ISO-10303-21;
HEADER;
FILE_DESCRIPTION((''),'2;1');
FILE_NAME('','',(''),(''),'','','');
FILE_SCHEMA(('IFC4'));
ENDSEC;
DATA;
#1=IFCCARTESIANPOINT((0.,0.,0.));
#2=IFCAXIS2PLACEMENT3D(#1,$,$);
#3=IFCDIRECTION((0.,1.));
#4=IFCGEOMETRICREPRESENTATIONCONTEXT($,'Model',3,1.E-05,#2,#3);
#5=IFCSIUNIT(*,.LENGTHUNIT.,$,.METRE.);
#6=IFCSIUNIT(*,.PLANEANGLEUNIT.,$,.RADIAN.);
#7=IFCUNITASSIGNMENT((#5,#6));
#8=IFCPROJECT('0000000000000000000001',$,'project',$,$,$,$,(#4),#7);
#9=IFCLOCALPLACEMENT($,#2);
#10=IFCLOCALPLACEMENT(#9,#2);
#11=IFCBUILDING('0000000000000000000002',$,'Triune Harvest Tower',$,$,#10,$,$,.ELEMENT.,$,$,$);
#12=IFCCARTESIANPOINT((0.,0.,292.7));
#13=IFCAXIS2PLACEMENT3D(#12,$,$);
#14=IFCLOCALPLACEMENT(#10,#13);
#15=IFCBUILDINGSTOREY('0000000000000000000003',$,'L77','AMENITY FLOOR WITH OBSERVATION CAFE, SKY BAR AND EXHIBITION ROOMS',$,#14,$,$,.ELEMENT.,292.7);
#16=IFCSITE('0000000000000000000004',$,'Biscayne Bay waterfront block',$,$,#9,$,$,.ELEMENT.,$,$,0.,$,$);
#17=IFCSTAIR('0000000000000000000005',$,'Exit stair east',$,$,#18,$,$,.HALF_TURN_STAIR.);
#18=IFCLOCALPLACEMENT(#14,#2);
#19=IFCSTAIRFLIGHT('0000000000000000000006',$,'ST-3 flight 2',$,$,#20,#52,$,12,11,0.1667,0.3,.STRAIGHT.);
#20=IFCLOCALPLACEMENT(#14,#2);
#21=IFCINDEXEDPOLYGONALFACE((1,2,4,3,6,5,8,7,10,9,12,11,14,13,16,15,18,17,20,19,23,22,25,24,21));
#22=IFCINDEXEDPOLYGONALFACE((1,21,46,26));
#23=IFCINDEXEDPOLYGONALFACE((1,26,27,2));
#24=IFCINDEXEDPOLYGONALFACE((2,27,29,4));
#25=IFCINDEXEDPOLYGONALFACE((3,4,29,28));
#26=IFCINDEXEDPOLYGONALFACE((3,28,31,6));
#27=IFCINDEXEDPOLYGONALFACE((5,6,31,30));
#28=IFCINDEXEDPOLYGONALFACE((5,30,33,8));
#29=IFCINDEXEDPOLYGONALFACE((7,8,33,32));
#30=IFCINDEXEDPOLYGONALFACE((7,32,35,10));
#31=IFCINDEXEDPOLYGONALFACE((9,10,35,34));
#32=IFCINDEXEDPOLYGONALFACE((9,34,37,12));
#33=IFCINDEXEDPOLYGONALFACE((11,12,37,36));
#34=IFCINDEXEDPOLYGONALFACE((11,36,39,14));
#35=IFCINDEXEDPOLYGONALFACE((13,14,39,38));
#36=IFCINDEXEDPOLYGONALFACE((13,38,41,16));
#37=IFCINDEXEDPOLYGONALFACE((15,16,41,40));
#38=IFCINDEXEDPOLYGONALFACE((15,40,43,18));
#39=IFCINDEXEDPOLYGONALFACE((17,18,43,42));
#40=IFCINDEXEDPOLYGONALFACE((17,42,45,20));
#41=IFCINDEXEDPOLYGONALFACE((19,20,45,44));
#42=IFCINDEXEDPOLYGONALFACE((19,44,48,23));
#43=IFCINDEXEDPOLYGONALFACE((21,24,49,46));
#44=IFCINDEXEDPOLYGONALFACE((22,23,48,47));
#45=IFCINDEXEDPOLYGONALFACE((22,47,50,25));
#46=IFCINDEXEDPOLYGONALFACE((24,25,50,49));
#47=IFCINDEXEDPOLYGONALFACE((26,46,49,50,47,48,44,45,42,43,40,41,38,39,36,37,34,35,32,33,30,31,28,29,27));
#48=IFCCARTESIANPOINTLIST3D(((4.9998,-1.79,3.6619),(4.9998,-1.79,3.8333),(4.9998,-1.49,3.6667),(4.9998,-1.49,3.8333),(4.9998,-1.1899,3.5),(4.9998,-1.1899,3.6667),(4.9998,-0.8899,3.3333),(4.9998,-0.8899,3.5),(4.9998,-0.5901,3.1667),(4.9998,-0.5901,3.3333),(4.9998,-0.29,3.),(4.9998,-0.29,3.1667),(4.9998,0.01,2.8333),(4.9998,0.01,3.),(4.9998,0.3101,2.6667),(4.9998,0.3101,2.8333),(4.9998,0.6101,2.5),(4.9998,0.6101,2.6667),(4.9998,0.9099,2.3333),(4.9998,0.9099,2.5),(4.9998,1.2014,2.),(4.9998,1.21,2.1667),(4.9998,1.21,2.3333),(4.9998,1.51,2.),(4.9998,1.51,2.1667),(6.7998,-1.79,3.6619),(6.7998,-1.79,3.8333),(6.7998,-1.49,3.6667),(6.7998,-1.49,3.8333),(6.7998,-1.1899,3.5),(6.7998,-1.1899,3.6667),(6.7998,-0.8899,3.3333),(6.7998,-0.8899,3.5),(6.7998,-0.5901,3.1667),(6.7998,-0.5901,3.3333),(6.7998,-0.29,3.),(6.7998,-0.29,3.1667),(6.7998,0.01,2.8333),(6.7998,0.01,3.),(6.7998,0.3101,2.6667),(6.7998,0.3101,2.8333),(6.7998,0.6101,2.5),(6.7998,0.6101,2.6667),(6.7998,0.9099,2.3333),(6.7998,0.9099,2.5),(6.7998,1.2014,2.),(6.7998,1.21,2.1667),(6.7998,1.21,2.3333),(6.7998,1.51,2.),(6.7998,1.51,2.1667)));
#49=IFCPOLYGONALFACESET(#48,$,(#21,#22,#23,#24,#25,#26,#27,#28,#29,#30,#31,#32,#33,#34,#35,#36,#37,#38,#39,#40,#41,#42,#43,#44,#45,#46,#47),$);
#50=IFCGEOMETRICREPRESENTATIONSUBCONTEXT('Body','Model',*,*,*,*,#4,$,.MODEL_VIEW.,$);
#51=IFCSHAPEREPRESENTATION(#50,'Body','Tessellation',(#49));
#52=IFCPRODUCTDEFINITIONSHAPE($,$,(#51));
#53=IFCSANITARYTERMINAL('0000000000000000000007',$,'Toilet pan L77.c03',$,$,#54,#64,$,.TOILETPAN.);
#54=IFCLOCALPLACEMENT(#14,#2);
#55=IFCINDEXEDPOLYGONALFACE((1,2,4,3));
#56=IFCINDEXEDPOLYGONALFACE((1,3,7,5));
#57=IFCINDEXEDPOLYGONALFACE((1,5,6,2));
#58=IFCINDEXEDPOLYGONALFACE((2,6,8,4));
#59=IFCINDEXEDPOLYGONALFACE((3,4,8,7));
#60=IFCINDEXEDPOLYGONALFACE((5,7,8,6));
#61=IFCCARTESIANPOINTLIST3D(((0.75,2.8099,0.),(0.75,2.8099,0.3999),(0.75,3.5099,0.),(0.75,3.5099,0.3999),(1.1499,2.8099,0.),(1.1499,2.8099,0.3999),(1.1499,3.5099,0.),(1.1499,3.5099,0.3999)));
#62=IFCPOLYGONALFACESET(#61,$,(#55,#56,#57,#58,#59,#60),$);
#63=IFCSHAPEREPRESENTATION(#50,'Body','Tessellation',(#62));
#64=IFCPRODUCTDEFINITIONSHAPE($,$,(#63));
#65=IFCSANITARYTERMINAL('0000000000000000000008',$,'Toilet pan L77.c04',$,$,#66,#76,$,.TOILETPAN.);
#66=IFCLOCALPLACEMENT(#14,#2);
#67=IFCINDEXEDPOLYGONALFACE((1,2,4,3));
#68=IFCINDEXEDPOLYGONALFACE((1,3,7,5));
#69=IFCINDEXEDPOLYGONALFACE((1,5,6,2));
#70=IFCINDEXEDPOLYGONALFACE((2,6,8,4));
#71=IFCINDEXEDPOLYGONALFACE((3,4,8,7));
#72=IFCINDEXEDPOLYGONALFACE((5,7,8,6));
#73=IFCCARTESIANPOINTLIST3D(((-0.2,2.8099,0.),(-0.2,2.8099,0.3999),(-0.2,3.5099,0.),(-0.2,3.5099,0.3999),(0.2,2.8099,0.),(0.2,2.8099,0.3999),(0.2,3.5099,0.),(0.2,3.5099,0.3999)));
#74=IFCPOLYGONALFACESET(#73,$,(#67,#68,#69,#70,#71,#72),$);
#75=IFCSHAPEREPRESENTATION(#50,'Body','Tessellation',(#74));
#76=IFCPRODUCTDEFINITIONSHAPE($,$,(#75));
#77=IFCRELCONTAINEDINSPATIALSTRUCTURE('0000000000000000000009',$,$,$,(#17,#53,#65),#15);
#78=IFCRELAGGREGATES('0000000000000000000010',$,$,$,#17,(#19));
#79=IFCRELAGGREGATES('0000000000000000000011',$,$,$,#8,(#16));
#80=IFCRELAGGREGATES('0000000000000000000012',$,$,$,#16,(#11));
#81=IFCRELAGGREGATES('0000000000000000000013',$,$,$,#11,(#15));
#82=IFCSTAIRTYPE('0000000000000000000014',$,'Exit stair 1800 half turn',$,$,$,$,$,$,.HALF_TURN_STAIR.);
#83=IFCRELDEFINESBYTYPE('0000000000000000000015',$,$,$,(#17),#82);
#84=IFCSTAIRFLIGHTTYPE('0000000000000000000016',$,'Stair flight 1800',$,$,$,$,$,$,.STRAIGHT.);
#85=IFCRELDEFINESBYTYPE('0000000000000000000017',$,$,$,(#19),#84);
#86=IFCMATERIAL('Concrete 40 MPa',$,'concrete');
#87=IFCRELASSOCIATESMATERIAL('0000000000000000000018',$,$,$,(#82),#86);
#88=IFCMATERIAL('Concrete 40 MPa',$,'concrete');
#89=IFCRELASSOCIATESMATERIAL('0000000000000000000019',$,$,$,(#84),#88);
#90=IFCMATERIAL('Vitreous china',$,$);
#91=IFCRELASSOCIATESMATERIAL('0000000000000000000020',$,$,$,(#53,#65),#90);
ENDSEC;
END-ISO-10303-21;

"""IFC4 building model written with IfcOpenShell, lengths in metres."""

from ifc_helpers import new_model, si_unit, direction, frame, origin, origin_2d, place, context, subcontext, project, spatial, polyline, rectangle, outline, extrude, source, transform, mapped, material, type_object, element, aggregate, save


model = new_model("IFC4")

# Units and contexts
model_context = context("Model", 3, precision=1e-05, world=origin(), true_north=direction((0.0, 1.0)))
body_context = subcontext(model_context, "Body", "Model", "MODEL_VIEW")
ifc_project = project(units=[si_unit("LENGTHUNIT", "METRE"), si_unit("PLANEANGLEUNIT", "RADIAN")], contexts=[model_context])

# Site, building, storey
site_placement = place(None, origin())
site = spatial("IfcSite", under=ifc_project, at=site_placement, Name="Biscayne Bay waterfront block", CompositionType="ELEMENT", RefElevation=0.0)
building_placement = place(site_placement, origin())
building = spatial("IfcBuilding", under=site, at=building_placement, Name="Triune Harvest Tower", CompositionType="ELEMENT")
storey_placement = place(building_placement, frame((0.0, 0.0, 292.7)))
storey = spatial("IfcBuildingStorey", under=building, at=storey_placement, Name="L77", Description="AMENITY FLOOR WITH OBSERVATION CAFE, SKY BAR AND EXHIBITION ROOMS", CompositionType="ELEMENT", Elevation=292.7)

# Stair
ifc_material_1 = material(Name="Concrete 40 MPa", Category="concrete")
stair_type = type_object("IfcStairType", Name="Exit stair 1800 half turn", PredefinedType="HALF_TURN_STAIR", material=ifc_material_1)
stair_1_placement = place(storey_placement, origin())
stair_1 = element("IfcStair", 1, at=stair_1_placement, inside=storey, type_object=stair_type, Name="Exit stair east", PredefinedType="HALF_TURN_STAIR")

# Stair flight
ifc_material_2 = material(Name="Concrete 40 MPa", Category="concrete")
stair_flight_type = type_object("IfcStairFlightType", Name="Stair flight 1800", PredefinedType="STRAIGHT", material=ifc_material_2)
shared_shape_1 = source(origin(), body_context, "Body", "SweptSolid", [
    extrude(outline(polyline([(0.0, 0.0), (0.0, 0.1667), (0.3, 0.1667), (0.3, 0.3333), (0.6001, 0.3333), (0.6001, 0.5), (0.8999, 0.5), (0.8999, 0.6667), (1.2, 0.6667), (1.2, 0.8333), (1.5, 0.8333), (1.5, 1.0), (1.8, 1.0), (1.8, 1.1667), (2.1001, 1.1667), (2.1001, 1.3333), (2.3999, 1.3333), (2.3999, 1.5), (2.7, 1.5), (2.7, 1.6667), (3.0, 1.6667), (3.0, 1.8333), (3.3, 1.8333), (3.3, 2.0), (3.3, 1.6619), (0.3086, 0.0), (0.0, 0.0)])), frame((0.0, 0.8999, 0.0), z_axis=(0.0, -1.0, 0.0), x_axis=(1.0, 0.0, 0.0)), (0.0, 0.0, 1.0), 1.8),
])
stair_flight_1_placement = place(storey_placement, frame((5.8999, 1.51, 2.0), z_axis=(0.0, 0.0, 1.0), x_axis=(0.0, -1.0, 0.0)))
stair_flight_1 = element("IfcStairFlight", 2, at=stair_flight_1_placement, type_object=stair_flight_type, Name="ST-3 flight 2", NumberOfRisers=12, NumberOfTreads=11, PredefinedType="STRAIGHT", RiserHeight=0.1667, TreadLength=0.3, context=body_context, shape_type="MappedRepresentation", body=[
    mapped(shared_shape_1, transform((0.0, 0.0, 0.0), scale=1.0)),
])
aggregate(stair_1, [stair_flight_1])

# Sanitary terminals
ifc_material_3 = material(Name="Vitreous china")
shared_shape_2 = source(origin(), body_context, "Body", "SweptSolid", [
    extrude(rectangle(XDim=0.3999, YDim=0.7, at=origin_2d()), origin(), (0.0, 0.0, 1.0), 0.3999),
])
for number, where, z_axis, x_axis, name in (
    (3, (0.95, 3.1599, 0.0), (0.0, 0.0, 1.0), (-1.0, 0.0, 0.0), "Toilet pan L77.c03"),
    (4, (0.0, 3.1599, 0.0), (0.0, 0.0, 1.0), (-1.0, 0.0, 0.0), "Toilet pan L77.c04"),
):
    element("IfcSanitaryTerminal", number, at=place(storey_placement, frame(where, z_axis=z_axis, x_axis=x_axis)), inside=storey, material=ifc_material_3, Name=name, PredefinedType="TOILETPAN", context=body_context, shape_type="MappedRepresentation", body=[
        mapped(shared_shape_2, transform((0.0, 0.0, 0.0), scale=1.0)),
    ])

save(model, "model.ifc")
